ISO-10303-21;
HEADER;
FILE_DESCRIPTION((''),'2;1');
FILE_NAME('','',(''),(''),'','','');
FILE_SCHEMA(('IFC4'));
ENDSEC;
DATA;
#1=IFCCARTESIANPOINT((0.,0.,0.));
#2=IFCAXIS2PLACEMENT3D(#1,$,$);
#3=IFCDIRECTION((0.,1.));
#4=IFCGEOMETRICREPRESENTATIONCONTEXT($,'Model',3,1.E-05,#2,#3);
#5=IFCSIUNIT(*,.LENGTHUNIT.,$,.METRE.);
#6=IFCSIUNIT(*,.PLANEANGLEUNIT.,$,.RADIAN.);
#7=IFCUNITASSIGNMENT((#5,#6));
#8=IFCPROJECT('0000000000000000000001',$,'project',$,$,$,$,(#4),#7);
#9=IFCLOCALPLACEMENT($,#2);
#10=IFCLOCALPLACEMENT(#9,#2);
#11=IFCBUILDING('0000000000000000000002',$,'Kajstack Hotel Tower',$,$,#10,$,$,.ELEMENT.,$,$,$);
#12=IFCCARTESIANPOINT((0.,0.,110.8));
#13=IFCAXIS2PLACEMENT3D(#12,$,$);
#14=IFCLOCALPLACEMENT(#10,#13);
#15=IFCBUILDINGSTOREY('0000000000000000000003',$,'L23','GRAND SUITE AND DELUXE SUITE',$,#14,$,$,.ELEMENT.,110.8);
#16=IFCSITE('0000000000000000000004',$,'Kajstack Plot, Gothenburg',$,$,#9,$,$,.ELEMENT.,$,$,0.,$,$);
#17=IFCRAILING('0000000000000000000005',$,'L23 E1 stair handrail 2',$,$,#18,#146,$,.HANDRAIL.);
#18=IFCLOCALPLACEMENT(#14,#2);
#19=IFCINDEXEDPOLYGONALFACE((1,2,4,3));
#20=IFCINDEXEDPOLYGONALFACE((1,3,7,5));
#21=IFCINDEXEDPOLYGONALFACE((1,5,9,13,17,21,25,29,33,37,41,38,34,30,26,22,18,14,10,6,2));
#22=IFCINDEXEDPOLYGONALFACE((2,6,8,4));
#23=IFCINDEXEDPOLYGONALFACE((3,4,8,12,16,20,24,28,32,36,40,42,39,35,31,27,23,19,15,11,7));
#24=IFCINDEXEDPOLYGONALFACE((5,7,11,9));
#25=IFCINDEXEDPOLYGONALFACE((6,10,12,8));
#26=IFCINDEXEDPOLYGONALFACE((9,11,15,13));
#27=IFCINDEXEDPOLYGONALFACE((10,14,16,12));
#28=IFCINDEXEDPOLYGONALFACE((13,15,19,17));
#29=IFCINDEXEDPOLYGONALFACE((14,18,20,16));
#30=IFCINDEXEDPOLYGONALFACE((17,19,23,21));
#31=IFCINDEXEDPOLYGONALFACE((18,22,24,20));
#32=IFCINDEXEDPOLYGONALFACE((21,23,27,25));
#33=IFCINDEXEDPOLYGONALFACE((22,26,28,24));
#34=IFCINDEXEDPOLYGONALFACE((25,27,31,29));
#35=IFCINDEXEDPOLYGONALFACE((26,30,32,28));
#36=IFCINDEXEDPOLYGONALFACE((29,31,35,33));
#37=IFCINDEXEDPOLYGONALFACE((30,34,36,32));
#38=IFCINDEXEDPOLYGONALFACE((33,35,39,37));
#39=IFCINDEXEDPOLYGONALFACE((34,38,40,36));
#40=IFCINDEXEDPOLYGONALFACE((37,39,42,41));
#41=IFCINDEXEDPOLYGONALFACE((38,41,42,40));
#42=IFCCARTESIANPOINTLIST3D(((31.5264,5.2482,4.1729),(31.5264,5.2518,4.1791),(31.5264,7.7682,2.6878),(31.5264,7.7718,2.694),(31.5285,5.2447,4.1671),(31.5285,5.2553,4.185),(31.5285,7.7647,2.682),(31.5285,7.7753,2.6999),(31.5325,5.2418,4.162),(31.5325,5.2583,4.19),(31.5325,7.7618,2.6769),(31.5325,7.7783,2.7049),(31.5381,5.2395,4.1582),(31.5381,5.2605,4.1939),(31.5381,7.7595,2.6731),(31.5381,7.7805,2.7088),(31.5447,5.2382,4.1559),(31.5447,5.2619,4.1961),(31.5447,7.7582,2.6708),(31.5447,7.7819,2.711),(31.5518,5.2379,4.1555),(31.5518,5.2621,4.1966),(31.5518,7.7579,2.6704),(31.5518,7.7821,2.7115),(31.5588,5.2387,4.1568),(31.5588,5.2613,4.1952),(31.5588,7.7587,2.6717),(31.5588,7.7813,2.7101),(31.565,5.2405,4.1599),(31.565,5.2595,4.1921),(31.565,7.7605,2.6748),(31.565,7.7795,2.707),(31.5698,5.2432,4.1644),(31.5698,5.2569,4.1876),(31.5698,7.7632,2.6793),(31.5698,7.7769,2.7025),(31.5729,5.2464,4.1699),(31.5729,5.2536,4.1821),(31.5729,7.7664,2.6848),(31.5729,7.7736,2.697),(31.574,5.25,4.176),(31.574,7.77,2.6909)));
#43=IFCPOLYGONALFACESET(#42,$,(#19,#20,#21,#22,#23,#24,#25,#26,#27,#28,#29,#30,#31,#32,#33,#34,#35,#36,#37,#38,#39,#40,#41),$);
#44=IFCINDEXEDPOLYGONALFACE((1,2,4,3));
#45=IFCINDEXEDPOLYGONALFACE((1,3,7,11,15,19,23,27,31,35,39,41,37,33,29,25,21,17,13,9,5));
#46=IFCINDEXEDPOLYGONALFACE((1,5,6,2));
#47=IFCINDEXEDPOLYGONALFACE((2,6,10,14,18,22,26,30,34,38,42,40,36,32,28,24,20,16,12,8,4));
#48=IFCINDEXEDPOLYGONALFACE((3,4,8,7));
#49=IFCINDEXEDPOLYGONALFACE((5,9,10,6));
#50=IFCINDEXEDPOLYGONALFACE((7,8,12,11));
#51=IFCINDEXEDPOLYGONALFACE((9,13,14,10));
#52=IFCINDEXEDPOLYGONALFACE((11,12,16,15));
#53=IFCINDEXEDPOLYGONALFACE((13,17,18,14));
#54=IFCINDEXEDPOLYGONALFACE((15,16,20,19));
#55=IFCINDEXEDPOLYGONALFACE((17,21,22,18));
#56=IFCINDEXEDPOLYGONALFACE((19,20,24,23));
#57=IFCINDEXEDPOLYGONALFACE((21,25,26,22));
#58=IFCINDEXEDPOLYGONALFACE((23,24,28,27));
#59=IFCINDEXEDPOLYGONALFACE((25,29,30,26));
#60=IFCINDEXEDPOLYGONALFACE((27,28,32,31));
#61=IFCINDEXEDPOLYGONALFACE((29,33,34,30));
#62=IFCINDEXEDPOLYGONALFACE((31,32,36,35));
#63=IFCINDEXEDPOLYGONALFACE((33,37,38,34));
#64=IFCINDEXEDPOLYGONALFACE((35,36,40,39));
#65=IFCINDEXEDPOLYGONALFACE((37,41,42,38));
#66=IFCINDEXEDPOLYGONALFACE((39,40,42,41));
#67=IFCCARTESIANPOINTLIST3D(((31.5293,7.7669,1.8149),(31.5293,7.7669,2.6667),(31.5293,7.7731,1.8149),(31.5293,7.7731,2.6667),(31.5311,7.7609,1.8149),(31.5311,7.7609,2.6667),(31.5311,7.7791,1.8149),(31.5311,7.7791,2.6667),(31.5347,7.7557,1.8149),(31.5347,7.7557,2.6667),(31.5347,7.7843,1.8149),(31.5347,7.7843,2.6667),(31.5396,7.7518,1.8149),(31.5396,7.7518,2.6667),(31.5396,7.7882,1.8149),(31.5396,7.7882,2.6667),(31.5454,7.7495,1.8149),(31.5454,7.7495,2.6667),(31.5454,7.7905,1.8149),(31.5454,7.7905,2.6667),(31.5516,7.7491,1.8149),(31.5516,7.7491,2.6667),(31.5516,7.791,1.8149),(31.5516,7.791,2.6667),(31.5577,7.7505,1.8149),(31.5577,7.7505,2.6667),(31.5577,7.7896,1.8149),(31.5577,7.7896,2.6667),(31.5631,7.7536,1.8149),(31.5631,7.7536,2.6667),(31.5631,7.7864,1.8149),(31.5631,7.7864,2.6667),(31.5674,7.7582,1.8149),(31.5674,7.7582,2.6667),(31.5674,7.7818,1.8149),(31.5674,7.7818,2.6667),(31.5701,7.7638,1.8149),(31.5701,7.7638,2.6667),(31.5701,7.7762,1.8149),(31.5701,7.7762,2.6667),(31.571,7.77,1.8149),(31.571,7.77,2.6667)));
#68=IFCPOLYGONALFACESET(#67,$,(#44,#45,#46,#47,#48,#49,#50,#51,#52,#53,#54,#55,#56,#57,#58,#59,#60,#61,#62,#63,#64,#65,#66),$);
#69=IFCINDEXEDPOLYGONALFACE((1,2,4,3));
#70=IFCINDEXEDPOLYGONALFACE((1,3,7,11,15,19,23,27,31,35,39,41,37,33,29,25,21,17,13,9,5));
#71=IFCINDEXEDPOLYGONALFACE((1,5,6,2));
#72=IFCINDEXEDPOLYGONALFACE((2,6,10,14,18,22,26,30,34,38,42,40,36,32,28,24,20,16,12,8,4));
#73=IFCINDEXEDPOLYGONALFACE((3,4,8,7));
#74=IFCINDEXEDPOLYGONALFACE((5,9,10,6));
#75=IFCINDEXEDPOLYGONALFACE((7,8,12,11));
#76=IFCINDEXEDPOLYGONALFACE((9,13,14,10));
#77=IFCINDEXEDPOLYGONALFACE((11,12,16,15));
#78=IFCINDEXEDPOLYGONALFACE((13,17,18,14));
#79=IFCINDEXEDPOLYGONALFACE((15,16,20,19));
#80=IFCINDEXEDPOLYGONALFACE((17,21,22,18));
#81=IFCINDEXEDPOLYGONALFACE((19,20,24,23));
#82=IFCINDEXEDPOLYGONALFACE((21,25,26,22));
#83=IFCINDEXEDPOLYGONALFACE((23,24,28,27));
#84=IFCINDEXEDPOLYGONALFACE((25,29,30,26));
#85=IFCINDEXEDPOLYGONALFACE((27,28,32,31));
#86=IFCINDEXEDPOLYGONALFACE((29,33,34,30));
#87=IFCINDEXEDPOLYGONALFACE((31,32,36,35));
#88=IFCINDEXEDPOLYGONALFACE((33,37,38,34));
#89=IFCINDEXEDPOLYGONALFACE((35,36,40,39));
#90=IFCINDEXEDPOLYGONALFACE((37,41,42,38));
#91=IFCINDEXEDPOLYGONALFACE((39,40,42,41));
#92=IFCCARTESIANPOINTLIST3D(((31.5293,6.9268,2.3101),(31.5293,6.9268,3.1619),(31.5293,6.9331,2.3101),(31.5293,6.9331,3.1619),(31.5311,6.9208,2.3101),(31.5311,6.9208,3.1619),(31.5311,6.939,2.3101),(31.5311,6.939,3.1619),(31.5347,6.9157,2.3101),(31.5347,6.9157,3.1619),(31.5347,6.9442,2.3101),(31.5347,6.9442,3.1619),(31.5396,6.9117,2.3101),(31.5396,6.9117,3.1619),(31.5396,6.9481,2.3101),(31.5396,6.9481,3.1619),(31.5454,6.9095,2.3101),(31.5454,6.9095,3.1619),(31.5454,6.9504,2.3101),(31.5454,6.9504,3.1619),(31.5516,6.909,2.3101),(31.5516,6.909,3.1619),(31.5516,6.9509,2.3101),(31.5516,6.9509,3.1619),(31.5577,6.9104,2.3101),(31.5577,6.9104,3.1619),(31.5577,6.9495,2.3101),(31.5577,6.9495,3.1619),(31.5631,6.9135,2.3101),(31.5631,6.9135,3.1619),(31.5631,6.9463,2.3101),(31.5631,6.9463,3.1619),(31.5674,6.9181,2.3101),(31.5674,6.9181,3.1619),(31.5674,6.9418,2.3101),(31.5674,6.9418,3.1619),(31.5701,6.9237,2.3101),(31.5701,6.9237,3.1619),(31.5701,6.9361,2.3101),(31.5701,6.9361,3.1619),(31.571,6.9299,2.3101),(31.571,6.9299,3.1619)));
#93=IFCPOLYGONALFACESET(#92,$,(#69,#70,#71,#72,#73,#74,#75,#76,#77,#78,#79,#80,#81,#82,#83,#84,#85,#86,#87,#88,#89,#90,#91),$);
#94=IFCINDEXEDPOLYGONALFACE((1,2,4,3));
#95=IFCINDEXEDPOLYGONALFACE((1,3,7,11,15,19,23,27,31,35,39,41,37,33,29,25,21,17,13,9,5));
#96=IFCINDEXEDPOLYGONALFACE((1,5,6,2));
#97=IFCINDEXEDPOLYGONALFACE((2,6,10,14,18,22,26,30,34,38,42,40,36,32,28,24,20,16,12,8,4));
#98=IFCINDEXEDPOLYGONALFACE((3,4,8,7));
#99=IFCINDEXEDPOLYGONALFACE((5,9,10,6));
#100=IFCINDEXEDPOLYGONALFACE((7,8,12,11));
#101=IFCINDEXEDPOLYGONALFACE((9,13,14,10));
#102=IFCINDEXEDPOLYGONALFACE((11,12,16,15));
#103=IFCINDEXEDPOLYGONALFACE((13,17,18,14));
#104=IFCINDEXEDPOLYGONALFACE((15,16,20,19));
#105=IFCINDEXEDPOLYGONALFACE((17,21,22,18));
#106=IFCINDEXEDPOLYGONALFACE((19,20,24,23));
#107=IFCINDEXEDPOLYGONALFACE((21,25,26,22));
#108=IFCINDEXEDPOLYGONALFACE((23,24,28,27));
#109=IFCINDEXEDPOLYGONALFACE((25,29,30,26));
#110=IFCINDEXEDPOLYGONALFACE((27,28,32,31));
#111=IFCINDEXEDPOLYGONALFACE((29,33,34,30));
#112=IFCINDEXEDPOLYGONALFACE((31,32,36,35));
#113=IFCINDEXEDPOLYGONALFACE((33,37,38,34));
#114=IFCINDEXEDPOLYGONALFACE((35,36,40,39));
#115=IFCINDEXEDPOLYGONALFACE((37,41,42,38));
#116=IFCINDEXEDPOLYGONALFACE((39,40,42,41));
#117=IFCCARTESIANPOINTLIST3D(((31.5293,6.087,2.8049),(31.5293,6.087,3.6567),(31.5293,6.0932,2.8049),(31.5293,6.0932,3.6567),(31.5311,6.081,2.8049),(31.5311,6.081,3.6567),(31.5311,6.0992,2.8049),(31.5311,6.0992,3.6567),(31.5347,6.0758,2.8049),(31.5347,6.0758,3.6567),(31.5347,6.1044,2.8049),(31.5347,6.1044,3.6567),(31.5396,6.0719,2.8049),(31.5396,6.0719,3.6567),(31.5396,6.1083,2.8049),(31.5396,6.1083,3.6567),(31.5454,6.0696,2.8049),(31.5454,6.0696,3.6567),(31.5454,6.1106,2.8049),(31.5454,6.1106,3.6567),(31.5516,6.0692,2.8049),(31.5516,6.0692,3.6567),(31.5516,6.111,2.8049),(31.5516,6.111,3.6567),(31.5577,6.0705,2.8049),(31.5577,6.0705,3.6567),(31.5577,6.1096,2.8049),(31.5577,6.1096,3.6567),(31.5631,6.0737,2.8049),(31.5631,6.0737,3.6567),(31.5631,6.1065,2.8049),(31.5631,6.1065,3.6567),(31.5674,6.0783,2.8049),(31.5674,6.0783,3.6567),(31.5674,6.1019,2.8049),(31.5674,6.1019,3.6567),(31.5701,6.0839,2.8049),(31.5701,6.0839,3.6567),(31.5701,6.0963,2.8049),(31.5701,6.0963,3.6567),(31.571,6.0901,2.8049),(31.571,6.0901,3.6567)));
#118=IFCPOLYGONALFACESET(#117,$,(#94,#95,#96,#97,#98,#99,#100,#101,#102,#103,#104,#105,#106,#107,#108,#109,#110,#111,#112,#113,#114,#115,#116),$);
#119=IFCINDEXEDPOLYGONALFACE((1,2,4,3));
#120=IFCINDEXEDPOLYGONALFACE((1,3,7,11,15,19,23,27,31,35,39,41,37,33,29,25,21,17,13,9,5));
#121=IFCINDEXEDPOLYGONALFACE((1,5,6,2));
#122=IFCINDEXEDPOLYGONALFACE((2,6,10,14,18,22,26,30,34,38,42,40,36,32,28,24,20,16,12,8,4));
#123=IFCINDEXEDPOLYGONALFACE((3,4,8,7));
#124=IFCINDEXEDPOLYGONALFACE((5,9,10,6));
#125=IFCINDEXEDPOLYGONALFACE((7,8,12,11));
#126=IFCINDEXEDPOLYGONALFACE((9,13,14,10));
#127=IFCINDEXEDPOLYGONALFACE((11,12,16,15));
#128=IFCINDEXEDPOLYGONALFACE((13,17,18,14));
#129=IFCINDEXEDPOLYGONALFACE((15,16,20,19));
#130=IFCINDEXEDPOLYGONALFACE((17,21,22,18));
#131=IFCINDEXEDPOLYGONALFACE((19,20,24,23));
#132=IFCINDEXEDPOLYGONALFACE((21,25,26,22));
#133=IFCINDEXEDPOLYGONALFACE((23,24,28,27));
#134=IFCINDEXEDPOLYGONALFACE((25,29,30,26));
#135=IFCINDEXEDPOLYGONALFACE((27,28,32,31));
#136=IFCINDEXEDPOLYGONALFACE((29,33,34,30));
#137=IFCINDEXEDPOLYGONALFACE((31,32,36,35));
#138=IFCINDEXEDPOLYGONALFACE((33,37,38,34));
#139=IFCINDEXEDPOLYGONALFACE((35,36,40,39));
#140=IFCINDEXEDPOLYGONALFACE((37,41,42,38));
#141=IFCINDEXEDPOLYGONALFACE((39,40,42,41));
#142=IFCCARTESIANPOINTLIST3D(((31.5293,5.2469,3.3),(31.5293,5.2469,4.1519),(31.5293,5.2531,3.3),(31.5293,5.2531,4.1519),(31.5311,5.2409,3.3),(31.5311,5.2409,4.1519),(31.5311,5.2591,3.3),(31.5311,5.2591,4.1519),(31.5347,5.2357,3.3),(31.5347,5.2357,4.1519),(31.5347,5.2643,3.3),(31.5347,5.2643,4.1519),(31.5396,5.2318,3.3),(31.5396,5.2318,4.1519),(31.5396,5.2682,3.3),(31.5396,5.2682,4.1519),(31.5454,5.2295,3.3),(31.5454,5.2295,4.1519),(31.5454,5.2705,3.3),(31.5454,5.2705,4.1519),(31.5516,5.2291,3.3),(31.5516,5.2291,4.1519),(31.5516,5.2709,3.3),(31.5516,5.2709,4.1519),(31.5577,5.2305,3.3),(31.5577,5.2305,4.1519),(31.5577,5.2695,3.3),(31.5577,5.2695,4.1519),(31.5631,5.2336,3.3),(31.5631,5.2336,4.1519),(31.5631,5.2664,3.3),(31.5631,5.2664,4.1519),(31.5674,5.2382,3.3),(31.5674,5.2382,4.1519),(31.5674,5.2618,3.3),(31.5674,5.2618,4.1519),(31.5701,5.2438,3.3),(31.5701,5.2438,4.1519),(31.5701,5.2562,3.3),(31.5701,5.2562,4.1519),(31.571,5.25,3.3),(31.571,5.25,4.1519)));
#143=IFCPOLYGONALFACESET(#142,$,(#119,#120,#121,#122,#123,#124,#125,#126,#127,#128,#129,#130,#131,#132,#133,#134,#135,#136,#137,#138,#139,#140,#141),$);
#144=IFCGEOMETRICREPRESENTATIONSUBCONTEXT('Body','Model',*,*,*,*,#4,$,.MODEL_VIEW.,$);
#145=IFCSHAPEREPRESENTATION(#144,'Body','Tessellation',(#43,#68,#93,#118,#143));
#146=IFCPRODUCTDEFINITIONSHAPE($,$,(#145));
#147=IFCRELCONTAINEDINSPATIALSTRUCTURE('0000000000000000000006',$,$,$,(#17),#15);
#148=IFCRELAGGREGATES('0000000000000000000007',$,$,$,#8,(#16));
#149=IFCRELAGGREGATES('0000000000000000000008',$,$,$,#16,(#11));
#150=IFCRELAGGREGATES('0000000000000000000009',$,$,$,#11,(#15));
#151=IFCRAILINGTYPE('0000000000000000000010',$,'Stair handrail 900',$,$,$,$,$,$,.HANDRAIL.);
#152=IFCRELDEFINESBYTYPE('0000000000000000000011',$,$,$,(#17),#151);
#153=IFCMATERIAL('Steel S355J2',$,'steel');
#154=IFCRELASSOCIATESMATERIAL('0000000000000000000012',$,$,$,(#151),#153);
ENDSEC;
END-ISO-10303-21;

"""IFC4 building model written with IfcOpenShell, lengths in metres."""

from ifc_helpers import new_model, si_unit, direction, frame, origin, origin_2d, place, context, subcontext, project, spatial, circle, extrude, material, type_object, element, save


model = new_model("IFC4")

# Units and contexts
model_context = context("Model", 3, precision=1e-05, world=origin(), true_north=direction((0.0, 1.0)))
body_context = subcontext(model_context, "Body", "Model", "MODEL_VIEW")
ifc_project = project(units=[si_unit("LENGTHUNIT", "METRE"), si_unit("PLANEANGLEUNIT", "RADIAN")], contexts=[model_context])

# Site, building, storey
site_placement = place(None, origin())
site = spatial("IfcSite", under=ifc_project, at=site_placement, Name="Kajstack Plot, Gothenburg", CompositionType="ELEMENT", RefElevation=0.0)
building_placement = place(site_placement, origin())
building = spatial("IfcBuilding", under=site, at=building_placement, Name="Kajstack Hotel Tower", CompositionType="ELEMENT")
storey_placement = place(building_placement, frame((0.0, 0.0, 110.8)))
storey = spatial("IfcBuildingStorey", under=building, at=storey_placement, Name="L23", Description="GRAND SUITE AND DELUXE SUITE", CompositionType="ELEMENT", Elevation=110.8)

# Railing
ifc_material_1 = material(Name="Steel S355J2", Category="steel")
railing_type_1 = type_object("IfcRailingType", Name="Stair handrail 900", PredefinedType="HANDRAIL", material=ifc_material_1)
railing_1_placement = place(storey_placement, frame((31.55, 7.77, 1.8149)))
element("IfcRailing", 1, at=railing_1_placement, inside=storey, type_object=railing_type_1, Name="L23 E1 stair handrail 2", PredefinedType="HANDRAIL", context=body_context, shape_type="SweptSolid", body=[
    extrude(circle(Radius=0.0239, at=origin_2d()), frame((0.0, 0.0, 0.876), z_axis=(0.0, -0.861524, 0.507717), x_axis=(1.0, 0.0, 0.0)), (0.0, 0.0, 1.0), 2.925),
    extrude(circle(Radius=0.021, at=origin_2d()), origin(), (0.0, 0.0, 1.0), 0.8518),
    extrude(circle(Radius=0.021, at=origin_2d()), frame((0.0, -0.8401, 0.4951)), (0.0, 0.0, 1.0), 0.8518),
    extrude(circle(Radius=0.021, at=origin_2d()), frame((0.0, -1.6799, 0.99)), (0.0, 0.0, 1.0), 0.8518),
    extrude(circle(Radius=0.021, at=origin_2d()), frame((0.0, -2.52, 1.4851)), (0.0, 0.0, 1.0), 0.8518),
])

save(model, "model.ifc")
